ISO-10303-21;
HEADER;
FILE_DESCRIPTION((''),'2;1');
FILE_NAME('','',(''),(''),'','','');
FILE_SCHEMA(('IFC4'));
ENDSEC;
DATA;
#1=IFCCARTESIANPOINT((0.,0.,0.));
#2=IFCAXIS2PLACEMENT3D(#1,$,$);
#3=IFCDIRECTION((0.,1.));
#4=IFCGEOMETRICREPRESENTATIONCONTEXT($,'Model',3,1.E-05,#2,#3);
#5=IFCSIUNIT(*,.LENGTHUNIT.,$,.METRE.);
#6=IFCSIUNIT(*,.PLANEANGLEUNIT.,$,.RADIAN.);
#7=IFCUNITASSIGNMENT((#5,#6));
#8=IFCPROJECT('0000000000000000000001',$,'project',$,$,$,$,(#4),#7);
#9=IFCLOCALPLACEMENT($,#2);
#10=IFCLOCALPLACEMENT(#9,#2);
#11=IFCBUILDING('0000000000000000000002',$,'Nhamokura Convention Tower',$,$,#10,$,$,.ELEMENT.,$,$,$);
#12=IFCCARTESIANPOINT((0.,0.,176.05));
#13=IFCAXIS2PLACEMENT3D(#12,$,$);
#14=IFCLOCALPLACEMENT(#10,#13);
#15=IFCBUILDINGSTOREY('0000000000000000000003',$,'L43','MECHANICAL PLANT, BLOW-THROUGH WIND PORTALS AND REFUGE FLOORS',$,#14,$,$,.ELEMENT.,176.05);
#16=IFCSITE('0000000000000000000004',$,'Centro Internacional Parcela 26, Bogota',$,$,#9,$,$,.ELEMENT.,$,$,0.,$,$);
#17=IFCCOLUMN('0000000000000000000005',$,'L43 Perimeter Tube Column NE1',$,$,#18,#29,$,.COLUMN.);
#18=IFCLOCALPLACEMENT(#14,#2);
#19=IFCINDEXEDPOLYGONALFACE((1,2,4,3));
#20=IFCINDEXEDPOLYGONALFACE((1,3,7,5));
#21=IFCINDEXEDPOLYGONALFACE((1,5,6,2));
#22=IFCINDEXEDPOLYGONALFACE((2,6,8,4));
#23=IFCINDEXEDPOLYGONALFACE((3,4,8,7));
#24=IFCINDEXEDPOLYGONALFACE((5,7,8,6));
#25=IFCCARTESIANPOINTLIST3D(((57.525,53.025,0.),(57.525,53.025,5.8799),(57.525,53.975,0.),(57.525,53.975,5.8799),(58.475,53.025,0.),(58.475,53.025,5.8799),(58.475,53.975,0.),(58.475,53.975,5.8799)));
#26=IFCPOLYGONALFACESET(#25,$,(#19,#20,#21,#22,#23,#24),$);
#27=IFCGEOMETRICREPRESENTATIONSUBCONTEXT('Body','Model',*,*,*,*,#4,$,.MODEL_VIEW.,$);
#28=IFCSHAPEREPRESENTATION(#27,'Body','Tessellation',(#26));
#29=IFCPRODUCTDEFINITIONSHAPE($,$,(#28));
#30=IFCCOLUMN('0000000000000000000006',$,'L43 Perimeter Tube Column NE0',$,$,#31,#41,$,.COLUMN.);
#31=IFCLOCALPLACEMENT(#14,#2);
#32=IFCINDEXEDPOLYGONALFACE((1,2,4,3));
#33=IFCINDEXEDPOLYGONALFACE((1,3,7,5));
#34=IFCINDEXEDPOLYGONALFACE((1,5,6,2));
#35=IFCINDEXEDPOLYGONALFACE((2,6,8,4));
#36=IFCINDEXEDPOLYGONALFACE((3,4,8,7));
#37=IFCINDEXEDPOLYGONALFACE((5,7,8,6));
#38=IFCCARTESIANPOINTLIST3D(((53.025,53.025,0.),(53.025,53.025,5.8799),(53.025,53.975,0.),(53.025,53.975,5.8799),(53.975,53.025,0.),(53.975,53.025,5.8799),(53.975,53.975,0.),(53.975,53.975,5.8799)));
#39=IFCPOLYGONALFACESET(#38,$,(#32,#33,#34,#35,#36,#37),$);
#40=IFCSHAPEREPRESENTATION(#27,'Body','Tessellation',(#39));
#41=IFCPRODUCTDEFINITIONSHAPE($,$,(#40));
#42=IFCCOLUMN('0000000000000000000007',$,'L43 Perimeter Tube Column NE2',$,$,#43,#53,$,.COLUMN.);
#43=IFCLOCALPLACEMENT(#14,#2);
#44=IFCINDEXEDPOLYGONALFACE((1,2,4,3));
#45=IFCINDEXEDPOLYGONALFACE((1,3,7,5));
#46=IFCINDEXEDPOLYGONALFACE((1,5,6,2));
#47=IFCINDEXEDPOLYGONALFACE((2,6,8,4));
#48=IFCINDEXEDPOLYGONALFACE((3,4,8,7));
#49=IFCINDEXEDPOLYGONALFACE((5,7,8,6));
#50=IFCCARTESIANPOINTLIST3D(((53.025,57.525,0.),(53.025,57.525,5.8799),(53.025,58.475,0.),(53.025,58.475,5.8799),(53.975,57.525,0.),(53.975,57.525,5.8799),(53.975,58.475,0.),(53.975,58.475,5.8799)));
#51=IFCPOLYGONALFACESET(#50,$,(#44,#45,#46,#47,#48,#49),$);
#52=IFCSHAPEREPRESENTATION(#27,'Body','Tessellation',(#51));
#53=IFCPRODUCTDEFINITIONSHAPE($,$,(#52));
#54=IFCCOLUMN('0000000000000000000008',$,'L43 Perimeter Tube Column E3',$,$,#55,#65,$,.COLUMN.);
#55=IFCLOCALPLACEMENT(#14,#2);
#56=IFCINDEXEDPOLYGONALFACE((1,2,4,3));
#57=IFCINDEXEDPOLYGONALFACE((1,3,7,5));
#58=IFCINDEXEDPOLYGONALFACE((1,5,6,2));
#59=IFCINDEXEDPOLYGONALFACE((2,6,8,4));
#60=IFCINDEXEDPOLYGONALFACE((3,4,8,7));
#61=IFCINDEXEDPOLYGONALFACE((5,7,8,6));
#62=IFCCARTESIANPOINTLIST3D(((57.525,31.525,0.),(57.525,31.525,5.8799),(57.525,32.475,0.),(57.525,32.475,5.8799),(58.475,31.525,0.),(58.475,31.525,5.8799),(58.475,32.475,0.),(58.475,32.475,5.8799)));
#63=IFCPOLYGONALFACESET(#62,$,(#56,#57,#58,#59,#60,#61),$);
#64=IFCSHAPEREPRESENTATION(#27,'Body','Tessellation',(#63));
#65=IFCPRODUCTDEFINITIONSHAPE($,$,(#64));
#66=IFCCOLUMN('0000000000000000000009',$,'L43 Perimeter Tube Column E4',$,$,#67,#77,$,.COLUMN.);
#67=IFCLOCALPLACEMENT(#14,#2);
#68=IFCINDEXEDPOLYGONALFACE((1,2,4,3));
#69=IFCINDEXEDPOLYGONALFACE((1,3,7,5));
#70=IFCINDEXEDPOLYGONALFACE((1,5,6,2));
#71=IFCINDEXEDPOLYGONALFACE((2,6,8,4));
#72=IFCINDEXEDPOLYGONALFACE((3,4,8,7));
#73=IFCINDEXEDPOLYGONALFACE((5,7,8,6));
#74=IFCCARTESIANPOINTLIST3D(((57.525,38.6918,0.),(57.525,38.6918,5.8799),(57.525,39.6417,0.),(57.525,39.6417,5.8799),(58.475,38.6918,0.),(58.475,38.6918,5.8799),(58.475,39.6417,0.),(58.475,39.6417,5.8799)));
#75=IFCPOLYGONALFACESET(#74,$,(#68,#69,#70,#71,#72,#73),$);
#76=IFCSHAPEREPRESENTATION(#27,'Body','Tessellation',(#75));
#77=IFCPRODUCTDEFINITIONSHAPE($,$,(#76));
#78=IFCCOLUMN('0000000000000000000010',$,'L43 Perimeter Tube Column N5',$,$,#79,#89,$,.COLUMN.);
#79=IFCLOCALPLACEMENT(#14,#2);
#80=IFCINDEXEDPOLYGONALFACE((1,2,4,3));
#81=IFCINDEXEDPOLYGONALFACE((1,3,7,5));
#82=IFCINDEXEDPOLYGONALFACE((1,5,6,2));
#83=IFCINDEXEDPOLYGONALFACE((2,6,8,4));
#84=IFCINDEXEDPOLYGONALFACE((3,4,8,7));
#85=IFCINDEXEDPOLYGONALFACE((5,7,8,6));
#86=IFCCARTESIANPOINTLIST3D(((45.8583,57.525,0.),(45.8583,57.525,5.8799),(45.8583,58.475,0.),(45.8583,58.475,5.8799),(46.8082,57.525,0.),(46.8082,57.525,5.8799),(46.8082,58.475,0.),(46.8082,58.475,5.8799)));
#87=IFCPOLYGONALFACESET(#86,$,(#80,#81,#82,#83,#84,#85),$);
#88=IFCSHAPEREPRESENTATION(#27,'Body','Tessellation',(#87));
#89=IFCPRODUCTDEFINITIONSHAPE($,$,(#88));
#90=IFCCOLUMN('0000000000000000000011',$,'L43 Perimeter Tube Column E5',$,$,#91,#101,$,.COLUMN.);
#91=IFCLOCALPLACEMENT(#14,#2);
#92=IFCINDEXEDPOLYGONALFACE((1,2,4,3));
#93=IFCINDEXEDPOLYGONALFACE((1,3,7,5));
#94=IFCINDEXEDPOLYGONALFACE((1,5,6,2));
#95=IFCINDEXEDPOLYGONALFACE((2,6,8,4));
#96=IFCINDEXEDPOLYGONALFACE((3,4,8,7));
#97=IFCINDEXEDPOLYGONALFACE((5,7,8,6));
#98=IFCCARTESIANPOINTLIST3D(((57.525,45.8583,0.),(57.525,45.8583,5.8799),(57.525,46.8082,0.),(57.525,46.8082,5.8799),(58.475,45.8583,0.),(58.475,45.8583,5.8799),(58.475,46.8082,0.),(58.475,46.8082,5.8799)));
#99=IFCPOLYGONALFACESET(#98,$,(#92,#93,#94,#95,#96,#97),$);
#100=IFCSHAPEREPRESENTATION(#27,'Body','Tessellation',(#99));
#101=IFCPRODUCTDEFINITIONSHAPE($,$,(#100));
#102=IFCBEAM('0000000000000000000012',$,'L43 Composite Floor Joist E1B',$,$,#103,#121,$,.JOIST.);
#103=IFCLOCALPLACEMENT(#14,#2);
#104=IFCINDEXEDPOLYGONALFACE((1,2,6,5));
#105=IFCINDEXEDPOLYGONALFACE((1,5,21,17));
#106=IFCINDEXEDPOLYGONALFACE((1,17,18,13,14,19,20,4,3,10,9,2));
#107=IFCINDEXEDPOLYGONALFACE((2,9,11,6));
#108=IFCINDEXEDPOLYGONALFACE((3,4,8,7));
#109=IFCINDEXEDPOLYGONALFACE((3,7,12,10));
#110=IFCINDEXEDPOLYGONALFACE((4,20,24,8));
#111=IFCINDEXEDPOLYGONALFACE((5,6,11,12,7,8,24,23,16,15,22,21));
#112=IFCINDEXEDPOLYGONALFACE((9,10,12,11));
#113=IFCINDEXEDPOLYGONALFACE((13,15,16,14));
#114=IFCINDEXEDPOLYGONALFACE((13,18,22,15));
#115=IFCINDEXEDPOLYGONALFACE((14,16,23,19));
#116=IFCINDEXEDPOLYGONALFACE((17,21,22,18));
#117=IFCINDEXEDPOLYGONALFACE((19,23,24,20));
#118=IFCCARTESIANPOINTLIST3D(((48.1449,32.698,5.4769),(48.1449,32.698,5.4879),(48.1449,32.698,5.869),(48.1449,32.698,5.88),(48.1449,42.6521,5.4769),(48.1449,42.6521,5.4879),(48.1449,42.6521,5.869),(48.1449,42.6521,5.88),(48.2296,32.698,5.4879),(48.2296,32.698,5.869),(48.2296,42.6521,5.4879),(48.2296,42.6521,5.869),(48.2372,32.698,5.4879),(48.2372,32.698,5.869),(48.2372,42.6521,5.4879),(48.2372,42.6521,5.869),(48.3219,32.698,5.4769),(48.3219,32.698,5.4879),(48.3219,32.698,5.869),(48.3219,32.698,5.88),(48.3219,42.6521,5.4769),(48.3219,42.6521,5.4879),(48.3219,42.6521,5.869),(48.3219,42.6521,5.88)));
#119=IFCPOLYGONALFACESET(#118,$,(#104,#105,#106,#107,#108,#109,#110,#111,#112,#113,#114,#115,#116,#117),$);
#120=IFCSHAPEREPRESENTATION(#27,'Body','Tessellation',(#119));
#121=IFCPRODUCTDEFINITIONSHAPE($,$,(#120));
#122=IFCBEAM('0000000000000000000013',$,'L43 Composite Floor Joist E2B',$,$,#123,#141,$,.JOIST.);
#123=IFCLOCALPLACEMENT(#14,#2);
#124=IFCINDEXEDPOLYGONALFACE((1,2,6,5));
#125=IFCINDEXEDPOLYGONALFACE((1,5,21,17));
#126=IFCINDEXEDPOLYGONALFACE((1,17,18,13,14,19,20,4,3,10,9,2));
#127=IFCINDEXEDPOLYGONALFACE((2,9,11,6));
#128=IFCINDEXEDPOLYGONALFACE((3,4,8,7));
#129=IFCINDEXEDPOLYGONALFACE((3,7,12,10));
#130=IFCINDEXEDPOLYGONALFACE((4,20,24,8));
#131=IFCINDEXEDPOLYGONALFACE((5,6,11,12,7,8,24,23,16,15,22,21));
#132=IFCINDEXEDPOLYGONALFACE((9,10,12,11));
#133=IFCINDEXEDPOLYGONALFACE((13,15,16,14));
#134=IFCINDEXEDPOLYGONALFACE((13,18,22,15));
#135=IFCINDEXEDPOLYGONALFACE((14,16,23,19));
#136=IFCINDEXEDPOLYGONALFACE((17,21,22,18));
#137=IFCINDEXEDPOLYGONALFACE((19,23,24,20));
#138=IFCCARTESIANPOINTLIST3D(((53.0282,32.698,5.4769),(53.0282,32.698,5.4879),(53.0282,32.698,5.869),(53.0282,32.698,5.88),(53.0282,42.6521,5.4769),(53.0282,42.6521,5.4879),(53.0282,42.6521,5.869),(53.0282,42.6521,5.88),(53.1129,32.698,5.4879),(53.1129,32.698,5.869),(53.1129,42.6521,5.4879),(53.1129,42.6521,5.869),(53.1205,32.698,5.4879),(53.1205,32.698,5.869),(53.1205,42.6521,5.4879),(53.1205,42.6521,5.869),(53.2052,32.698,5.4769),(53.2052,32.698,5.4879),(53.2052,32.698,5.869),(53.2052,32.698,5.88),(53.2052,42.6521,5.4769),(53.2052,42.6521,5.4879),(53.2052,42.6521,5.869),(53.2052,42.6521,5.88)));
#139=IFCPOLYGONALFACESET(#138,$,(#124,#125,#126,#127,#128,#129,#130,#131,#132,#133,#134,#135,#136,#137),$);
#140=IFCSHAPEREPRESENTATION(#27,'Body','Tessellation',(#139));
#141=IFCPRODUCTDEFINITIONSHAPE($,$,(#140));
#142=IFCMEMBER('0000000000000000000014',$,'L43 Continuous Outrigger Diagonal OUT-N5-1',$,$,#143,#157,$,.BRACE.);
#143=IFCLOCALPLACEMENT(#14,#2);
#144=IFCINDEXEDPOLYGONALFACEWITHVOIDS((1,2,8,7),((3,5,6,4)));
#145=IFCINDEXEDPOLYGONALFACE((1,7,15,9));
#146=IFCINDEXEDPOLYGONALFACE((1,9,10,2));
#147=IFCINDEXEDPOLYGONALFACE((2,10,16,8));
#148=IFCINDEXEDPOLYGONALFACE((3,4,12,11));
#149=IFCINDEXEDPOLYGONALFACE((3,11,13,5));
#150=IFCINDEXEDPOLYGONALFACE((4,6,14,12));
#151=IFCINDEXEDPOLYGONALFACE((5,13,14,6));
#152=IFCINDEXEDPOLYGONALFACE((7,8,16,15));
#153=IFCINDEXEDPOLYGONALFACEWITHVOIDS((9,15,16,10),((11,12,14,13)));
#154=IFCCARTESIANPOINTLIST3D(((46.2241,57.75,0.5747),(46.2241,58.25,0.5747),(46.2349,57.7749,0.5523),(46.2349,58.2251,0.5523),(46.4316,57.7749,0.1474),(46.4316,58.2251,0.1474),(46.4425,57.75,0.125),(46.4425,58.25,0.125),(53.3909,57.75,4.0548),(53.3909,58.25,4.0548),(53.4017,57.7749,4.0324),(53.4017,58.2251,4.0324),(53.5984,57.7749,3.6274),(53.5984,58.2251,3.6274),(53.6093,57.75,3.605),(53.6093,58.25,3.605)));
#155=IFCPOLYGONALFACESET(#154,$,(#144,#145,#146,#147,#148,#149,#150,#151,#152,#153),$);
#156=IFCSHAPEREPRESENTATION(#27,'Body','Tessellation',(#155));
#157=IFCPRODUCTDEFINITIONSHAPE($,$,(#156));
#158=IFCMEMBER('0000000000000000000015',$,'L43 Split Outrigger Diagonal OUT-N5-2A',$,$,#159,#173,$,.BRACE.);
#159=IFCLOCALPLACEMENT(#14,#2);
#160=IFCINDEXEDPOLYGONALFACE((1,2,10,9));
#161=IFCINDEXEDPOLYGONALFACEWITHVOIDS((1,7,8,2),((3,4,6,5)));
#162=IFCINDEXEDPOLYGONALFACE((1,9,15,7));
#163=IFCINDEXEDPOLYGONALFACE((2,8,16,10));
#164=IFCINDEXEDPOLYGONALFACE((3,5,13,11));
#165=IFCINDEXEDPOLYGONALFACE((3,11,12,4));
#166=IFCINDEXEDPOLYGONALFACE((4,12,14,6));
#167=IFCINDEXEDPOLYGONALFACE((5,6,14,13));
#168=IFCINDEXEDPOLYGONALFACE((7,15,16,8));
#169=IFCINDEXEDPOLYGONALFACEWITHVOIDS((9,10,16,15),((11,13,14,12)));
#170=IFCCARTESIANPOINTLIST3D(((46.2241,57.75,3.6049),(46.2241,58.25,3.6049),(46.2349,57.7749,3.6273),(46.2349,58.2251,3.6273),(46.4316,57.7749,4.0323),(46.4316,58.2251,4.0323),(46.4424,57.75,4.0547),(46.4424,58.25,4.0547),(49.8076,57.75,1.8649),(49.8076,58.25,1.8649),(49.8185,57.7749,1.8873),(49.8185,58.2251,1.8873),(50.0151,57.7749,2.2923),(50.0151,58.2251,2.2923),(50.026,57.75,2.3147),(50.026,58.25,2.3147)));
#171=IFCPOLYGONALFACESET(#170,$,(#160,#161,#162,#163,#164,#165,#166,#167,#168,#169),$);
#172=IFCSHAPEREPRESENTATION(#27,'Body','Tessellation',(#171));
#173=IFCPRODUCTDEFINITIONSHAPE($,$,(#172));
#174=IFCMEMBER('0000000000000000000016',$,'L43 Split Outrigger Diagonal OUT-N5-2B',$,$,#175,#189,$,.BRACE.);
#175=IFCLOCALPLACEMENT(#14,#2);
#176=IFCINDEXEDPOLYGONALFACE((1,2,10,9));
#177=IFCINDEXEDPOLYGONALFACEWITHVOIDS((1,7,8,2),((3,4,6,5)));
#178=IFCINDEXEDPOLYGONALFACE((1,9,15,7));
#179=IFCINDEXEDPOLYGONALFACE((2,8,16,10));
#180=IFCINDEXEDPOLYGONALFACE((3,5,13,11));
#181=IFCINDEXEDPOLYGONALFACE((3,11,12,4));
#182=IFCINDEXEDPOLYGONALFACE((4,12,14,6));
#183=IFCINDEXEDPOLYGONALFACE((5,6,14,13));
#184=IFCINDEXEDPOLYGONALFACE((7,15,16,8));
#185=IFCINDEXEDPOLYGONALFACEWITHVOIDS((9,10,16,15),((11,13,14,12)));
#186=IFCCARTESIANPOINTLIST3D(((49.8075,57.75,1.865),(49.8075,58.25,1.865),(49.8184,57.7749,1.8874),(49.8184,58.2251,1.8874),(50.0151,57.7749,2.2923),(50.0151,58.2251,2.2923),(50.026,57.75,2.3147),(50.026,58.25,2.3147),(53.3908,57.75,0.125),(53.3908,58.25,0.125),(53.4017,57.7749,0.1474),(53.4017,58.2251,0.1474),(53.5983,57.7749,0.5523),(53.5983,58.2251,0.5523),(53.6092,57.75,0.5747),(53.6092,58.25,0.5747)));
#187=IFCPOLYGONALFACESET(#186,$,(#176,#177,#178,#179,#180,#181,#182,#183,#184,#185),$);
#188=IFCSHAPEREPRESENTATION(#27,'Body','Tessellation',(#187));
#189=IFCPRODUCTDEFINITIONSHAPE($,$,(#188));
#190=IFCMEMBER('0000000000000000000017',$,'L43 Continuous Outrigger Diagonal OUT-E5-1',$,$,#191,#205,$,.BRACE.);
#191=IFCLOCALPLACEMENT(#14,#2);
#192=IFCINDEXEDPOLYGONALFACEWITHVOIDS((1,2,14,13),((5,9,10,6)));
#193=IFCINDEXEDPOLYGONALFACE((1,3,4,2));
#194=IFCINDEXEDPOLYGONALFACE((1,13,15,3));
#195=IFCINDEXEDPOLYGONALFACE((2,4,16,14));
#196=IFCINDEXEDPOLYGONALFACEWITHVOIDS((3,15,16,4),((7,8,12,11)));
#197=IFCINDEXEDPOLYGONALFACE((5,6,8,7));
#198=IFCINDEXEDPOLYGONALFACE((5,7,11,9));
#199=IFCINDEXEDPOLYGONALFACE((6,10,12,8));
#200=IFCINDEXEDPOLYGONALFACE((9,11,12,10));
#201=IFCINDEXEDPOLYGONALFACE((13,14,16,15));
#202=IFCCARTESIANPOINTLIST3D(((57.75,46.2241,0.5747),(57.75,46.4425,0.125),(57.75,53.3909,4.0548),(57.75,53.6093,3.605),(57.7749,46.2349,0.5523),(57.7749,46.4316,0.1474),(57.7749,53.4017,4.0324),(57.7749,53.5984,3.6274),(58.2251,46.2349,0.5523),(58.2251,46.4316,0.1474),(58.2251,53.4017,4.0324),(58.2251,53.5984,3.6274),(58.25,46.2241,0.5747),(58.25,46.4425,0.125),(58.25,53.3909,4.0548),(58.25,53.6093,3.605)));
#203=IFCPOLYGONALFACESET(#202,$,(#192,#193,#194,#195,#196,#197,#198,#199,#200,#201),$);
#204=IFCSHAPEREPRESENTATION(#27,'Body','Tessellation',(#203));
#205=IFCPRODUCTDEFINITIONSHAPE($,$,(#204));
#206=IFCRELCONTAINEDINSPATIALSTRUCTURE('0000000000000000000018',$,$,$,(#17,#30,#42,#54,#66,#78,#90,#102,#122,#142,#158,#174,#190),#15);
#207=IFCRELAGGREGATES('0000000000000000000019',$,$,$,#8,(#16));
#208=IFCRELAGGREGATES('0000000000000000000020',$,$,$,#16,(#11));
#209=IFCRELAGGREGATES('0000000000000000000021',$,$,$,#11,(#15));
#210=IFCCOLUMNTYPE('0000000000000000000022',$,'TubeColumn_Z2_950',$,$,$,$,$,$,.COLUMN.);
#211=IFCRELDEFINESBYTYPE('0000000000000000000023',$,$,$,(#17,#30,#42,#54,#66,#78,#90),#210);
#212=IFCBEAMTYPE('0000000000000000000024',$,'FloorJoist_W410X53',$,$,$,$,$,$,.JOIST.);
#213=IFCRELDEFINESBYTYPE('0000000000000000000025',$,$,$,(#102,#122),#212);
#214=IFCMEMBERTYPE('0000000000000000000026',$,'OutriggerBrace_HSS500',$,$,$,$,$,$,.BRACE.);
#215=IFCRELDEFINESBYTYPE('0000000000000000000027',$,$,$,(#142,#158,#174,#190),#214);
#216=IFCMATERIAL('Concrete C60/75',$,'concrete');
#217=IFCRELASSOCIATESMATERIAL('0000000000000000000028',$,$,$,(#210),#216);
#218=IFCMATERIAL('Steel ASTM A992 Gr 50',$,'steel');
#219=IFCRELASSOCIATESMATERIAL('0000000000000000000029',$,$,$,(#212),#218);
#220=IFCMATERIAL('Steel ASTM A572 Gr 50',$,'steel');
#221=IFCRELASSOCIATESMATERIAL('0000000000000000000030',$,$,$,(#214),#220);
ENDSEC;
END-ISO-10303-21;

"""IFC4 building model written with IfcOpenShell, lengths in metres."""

from ifc_helpers import new_model, si_unit, direction, frame, origin, origin_2d, place, context, subcontext, project, spatial, rectangle, hollow_rectangle, i_section, extrude, material, material_profile, profile_set, type_object, element, save


model = new_model("IFC4")

# Units and contexts
model_context = context("Model", 3, precision=1e-05, world=origin(), true_north=direction((0.0, 1.0)))
body_context = subcontext(model_context, "Body", "Model", "MODEL_VIEW")
ifc_project = project(units=[si_unit("LENGTHUNIT", "METRE"), si_unit("PLANEANGLEUNIT", "RADIAN")], contexts=[model_context])

# Site, building, storey
site_placement = place(None, origin())
site = spatial("IfcSite", under=ifc_project, at=site_placement, Name="Centro Internacional Parcela 26, Bogota", CompositionType="ELEMENT", RefElevation=0.0)
building_placement = place(site_placement, origin())
building = spatial("IfcBuilding", under=site, at=building_placement, Name="Nhamokura Convention Tower", CompositionType="ELEMENT")
storey_placement = place(building_placement, frame((0.0, 0.0, 176.05)))
storey = spatial("IfcBuildingStorey", under=building, at=storey_placement, Name="L43", Description="MECHANICAL PLANT, BLOW-THROUGH WIND PORTALS AND REFUGE FLOORS", CompositionType="ELEMENT", Elevation=176.05)

# Columns
ifc_material_1 = material(Name="Concrete C60/75", Category="concrete")
ifc_material_profile_1 = material_profile(ifc_material_1, rectangle(XDim=0.95, YDim=0.95, at=origin_2d()))
ifc_profile_set_1 = profile_set([ifc_material_profile_1], Name="Concrete C60/75")
column_type = type_object("IfcColumnType", Name="TubeColumn_Z2_950", PredefinedType="COLUMN", material=ifc_profile_set_1)
for number, where, z_axis, x_axis, name in (
    (1, (58.0, 53.5, 0.0), (0.0, 0.0, 1.0), (1.0, 0.0, 0.0), "L43 Perimeter Tube Column NE1"),
    (2, (53.5, 53.5, 0.0), (0.0, 0.0, 1.0), (1.0, 0.0, 0.0), "L43 Perimeter Tube Column NE0"),
    (3, (53.5, 58.0, 0.0), (0.0, 0.0, 1.0), (1.0, 0.0, 0.0), "L43 Perimeter Tube Column NE2"),
    (4, (58.0, 32.0, 0.0), (0.0, 0.0, 1.0), (1.0, 0.0, 0.0), "L43 Perimeter Tube Column E3"),
    (5, (58.0, 39.1667, 0.0), (0.0, 0.0, 1.0), (1.0, 0.0, 0.0), "L43 Perimeter Tube Column E4"),
    (6, (46.3333, 58.0, 0.0), (0.0, 0.0, 1.0), (1.0, 0.0, 0.0), "L43 Perimeter Tube Column N5"),
    (7, (58.0, 46.3333, 0.0), (0.0, 0.0, 1.0), (1.0, 0.0, 0.0), "L43 Perimeter Tube Column E5"),
):
    element("IfcColumn", number, at=place(storey_placement, frame(where, z_axis=z_axis, x_axis=x_axis)), inside=storey, type_object=column_type, Name=name, PredefinedType="COLUMN", context=body_context, shape_type="SweptSolid", body=[
        extrude(rectangle(XDim=0.95, YDim=0.95, at=origin_2d()), origin(), (0.0, 0.0, 1.0), 5.8799),
    ])

# Beams
ifc_material_2 = material(Name="Steel ASTM A992 Gr 50", Category="steel")
ifc_material_profile_2 = material_profile(ifc_material_2, i_section(OverallWidth=0.177, OverallDepth=0.4031, WebThickness=0.0076, FlangeThickness=0.011, at=origin_2d()))
ifc_profile_set_2 = profile_set([ifc_material_profile_2], Name="Steel ASTM A992 Gr 50")
beam_type_1 = type_object("IfcBeamType", Name="FloorJoist_W410X53", PredefinedType="JOIST", material=ifc_profile_set_2)
for number, where, z_axis, x_axis, name in (
    (8, (48.2334, 32.698, 5.6785), (0.0, 1.0, 0.0), (-1.0, 0.0, 0.0), "L43 Composite Floor Joist E1B"),
    (9, (53.1167, 32.698, 5.6785), (0.0, 1.0, 0.0), (-1.0, 0.0, 0.0), "L43 Composite Floor Joist E2B"),
):
    element("IfcBeam", number, at=place(storey_placement, frame(where, z_axis=z_axis, x_axis=x_axis)), inside=storey, type_object=beam_type_1, Name=name, PredefinedType="JOIST", context=body_context, shape_type="SweptSolid", body=[
        extrude(i_section(OverallWidth=0.177, OverallDepth=0.4031, WebThickness=0.0076, FlangeThickness=0.011, at=origin_2d()), origin(), (0.0, 0.0, 1.0), 9.9541),
    ])

# Members
ifc_material_3 = material(Name="Steel ASTM A572 Gr 50", Category="steel")
ifc_material_profile_3 = material_profile(ifc_material_3, hollow_rectangle(XDim=0.5, YDim=0.5, WallThickness=0.0249, at=origin_2d()))
ifc_profile_set_3 = profile_set([ifc_material_profile_3], Name="Steel ASTM A572 Gr 50")
member_type_1 = type_object("IfcMemberType", Name="OutriggerBrace_HSS500", PredefinedType="BRACE", material=ifc_profile_set_3)
member_1_placement = place(storey_placement, frame((46.3333, 58.0, 0.3499), z_axis=(0.899558, 0.0, 0.436801), x_axis=(0.0, 1.0, 0.0)))
element("IfcMember", 10, at=member_1_placement, inside=storey, type_object=member_type_1, Name="L43 Continuous Outrigger Diagonal OUT-N5-1", PredefinedType="BRACE", context=body_context, shape_type="SweptSolid", body=[
    extrude(hollow_rectangle(XDim=0.5, YDim=0.5, WallThickness=0.0249, at=origin_2d()), origin(), (0.0, 0.0, 1.0), 7.967),
])
member_2_placement = place(storey_placement, frame((46.3333, 58.0, 3.8298), z_axis=(0.899564, 0.0, -0.436789), x_axis=(0.0, 1.0, 0.0)))
element("IfcMember", 11, at=member_2_placement, inside=storey, type_object=member_type_1, Name="L43 Split Outrigger Diagonal OUT-N5-2A", PredefinedType="BRACE", context=body_context, shape_type="SweptSolid", body=[
    extrude(hollow_rectangle(XDim=0.5, YDim=0.5, WallThickness=0.0249, at=origin_2d()), origin(), (0.0, 0.0, 1.0), 3.9836),
])
member_3_placement = place(storey_placement, frame((49.9167, 58.0, 2.0898), z_axis=(0.899552, 0.0, -0.436813), x_axis=(0.0, 1.0, 0.0)))
element("IfcMember", 12, at=member_3_placement, inside=storey, type_object=member_type_1, Name="L43 Split Outrigger Diagonal OUT-N5-2B", PredefinedType="BRACE", context=body_context, shape_type="SweptSolid", body=[
    extrude(hollow_rectangle(XDim=0.5, YDim=0.5, WallThickness=0.0249, at=origin_2d()), origin(), (0.0, 0.0, 1.0), 3.9834),
])
member_4_placement = place(storey_placement, frame((58.0, 46.3333, 0.3499), z_axis=(0.0, 0.899558, 0.436801), x_axis=(-1.0, 0.0, 0.0)))
element("IfcMember", 13, at=member_4_placement, inside=storey, type_object=member_type_1, Name="L43 Continuous Outrigger Diagonal OUT-E5-1", PredefinedType="BRACE", context=body_context, shape_type="SweptSolid", body=[
    extrude(hollow_rectangle(XDim=0.5, YDim=0.5, WallThickness=0.0249, at=origin_2d()), origin(), (0.0, 0.0, 1.0), 7.967),
])

save(model, "model.ifc")
